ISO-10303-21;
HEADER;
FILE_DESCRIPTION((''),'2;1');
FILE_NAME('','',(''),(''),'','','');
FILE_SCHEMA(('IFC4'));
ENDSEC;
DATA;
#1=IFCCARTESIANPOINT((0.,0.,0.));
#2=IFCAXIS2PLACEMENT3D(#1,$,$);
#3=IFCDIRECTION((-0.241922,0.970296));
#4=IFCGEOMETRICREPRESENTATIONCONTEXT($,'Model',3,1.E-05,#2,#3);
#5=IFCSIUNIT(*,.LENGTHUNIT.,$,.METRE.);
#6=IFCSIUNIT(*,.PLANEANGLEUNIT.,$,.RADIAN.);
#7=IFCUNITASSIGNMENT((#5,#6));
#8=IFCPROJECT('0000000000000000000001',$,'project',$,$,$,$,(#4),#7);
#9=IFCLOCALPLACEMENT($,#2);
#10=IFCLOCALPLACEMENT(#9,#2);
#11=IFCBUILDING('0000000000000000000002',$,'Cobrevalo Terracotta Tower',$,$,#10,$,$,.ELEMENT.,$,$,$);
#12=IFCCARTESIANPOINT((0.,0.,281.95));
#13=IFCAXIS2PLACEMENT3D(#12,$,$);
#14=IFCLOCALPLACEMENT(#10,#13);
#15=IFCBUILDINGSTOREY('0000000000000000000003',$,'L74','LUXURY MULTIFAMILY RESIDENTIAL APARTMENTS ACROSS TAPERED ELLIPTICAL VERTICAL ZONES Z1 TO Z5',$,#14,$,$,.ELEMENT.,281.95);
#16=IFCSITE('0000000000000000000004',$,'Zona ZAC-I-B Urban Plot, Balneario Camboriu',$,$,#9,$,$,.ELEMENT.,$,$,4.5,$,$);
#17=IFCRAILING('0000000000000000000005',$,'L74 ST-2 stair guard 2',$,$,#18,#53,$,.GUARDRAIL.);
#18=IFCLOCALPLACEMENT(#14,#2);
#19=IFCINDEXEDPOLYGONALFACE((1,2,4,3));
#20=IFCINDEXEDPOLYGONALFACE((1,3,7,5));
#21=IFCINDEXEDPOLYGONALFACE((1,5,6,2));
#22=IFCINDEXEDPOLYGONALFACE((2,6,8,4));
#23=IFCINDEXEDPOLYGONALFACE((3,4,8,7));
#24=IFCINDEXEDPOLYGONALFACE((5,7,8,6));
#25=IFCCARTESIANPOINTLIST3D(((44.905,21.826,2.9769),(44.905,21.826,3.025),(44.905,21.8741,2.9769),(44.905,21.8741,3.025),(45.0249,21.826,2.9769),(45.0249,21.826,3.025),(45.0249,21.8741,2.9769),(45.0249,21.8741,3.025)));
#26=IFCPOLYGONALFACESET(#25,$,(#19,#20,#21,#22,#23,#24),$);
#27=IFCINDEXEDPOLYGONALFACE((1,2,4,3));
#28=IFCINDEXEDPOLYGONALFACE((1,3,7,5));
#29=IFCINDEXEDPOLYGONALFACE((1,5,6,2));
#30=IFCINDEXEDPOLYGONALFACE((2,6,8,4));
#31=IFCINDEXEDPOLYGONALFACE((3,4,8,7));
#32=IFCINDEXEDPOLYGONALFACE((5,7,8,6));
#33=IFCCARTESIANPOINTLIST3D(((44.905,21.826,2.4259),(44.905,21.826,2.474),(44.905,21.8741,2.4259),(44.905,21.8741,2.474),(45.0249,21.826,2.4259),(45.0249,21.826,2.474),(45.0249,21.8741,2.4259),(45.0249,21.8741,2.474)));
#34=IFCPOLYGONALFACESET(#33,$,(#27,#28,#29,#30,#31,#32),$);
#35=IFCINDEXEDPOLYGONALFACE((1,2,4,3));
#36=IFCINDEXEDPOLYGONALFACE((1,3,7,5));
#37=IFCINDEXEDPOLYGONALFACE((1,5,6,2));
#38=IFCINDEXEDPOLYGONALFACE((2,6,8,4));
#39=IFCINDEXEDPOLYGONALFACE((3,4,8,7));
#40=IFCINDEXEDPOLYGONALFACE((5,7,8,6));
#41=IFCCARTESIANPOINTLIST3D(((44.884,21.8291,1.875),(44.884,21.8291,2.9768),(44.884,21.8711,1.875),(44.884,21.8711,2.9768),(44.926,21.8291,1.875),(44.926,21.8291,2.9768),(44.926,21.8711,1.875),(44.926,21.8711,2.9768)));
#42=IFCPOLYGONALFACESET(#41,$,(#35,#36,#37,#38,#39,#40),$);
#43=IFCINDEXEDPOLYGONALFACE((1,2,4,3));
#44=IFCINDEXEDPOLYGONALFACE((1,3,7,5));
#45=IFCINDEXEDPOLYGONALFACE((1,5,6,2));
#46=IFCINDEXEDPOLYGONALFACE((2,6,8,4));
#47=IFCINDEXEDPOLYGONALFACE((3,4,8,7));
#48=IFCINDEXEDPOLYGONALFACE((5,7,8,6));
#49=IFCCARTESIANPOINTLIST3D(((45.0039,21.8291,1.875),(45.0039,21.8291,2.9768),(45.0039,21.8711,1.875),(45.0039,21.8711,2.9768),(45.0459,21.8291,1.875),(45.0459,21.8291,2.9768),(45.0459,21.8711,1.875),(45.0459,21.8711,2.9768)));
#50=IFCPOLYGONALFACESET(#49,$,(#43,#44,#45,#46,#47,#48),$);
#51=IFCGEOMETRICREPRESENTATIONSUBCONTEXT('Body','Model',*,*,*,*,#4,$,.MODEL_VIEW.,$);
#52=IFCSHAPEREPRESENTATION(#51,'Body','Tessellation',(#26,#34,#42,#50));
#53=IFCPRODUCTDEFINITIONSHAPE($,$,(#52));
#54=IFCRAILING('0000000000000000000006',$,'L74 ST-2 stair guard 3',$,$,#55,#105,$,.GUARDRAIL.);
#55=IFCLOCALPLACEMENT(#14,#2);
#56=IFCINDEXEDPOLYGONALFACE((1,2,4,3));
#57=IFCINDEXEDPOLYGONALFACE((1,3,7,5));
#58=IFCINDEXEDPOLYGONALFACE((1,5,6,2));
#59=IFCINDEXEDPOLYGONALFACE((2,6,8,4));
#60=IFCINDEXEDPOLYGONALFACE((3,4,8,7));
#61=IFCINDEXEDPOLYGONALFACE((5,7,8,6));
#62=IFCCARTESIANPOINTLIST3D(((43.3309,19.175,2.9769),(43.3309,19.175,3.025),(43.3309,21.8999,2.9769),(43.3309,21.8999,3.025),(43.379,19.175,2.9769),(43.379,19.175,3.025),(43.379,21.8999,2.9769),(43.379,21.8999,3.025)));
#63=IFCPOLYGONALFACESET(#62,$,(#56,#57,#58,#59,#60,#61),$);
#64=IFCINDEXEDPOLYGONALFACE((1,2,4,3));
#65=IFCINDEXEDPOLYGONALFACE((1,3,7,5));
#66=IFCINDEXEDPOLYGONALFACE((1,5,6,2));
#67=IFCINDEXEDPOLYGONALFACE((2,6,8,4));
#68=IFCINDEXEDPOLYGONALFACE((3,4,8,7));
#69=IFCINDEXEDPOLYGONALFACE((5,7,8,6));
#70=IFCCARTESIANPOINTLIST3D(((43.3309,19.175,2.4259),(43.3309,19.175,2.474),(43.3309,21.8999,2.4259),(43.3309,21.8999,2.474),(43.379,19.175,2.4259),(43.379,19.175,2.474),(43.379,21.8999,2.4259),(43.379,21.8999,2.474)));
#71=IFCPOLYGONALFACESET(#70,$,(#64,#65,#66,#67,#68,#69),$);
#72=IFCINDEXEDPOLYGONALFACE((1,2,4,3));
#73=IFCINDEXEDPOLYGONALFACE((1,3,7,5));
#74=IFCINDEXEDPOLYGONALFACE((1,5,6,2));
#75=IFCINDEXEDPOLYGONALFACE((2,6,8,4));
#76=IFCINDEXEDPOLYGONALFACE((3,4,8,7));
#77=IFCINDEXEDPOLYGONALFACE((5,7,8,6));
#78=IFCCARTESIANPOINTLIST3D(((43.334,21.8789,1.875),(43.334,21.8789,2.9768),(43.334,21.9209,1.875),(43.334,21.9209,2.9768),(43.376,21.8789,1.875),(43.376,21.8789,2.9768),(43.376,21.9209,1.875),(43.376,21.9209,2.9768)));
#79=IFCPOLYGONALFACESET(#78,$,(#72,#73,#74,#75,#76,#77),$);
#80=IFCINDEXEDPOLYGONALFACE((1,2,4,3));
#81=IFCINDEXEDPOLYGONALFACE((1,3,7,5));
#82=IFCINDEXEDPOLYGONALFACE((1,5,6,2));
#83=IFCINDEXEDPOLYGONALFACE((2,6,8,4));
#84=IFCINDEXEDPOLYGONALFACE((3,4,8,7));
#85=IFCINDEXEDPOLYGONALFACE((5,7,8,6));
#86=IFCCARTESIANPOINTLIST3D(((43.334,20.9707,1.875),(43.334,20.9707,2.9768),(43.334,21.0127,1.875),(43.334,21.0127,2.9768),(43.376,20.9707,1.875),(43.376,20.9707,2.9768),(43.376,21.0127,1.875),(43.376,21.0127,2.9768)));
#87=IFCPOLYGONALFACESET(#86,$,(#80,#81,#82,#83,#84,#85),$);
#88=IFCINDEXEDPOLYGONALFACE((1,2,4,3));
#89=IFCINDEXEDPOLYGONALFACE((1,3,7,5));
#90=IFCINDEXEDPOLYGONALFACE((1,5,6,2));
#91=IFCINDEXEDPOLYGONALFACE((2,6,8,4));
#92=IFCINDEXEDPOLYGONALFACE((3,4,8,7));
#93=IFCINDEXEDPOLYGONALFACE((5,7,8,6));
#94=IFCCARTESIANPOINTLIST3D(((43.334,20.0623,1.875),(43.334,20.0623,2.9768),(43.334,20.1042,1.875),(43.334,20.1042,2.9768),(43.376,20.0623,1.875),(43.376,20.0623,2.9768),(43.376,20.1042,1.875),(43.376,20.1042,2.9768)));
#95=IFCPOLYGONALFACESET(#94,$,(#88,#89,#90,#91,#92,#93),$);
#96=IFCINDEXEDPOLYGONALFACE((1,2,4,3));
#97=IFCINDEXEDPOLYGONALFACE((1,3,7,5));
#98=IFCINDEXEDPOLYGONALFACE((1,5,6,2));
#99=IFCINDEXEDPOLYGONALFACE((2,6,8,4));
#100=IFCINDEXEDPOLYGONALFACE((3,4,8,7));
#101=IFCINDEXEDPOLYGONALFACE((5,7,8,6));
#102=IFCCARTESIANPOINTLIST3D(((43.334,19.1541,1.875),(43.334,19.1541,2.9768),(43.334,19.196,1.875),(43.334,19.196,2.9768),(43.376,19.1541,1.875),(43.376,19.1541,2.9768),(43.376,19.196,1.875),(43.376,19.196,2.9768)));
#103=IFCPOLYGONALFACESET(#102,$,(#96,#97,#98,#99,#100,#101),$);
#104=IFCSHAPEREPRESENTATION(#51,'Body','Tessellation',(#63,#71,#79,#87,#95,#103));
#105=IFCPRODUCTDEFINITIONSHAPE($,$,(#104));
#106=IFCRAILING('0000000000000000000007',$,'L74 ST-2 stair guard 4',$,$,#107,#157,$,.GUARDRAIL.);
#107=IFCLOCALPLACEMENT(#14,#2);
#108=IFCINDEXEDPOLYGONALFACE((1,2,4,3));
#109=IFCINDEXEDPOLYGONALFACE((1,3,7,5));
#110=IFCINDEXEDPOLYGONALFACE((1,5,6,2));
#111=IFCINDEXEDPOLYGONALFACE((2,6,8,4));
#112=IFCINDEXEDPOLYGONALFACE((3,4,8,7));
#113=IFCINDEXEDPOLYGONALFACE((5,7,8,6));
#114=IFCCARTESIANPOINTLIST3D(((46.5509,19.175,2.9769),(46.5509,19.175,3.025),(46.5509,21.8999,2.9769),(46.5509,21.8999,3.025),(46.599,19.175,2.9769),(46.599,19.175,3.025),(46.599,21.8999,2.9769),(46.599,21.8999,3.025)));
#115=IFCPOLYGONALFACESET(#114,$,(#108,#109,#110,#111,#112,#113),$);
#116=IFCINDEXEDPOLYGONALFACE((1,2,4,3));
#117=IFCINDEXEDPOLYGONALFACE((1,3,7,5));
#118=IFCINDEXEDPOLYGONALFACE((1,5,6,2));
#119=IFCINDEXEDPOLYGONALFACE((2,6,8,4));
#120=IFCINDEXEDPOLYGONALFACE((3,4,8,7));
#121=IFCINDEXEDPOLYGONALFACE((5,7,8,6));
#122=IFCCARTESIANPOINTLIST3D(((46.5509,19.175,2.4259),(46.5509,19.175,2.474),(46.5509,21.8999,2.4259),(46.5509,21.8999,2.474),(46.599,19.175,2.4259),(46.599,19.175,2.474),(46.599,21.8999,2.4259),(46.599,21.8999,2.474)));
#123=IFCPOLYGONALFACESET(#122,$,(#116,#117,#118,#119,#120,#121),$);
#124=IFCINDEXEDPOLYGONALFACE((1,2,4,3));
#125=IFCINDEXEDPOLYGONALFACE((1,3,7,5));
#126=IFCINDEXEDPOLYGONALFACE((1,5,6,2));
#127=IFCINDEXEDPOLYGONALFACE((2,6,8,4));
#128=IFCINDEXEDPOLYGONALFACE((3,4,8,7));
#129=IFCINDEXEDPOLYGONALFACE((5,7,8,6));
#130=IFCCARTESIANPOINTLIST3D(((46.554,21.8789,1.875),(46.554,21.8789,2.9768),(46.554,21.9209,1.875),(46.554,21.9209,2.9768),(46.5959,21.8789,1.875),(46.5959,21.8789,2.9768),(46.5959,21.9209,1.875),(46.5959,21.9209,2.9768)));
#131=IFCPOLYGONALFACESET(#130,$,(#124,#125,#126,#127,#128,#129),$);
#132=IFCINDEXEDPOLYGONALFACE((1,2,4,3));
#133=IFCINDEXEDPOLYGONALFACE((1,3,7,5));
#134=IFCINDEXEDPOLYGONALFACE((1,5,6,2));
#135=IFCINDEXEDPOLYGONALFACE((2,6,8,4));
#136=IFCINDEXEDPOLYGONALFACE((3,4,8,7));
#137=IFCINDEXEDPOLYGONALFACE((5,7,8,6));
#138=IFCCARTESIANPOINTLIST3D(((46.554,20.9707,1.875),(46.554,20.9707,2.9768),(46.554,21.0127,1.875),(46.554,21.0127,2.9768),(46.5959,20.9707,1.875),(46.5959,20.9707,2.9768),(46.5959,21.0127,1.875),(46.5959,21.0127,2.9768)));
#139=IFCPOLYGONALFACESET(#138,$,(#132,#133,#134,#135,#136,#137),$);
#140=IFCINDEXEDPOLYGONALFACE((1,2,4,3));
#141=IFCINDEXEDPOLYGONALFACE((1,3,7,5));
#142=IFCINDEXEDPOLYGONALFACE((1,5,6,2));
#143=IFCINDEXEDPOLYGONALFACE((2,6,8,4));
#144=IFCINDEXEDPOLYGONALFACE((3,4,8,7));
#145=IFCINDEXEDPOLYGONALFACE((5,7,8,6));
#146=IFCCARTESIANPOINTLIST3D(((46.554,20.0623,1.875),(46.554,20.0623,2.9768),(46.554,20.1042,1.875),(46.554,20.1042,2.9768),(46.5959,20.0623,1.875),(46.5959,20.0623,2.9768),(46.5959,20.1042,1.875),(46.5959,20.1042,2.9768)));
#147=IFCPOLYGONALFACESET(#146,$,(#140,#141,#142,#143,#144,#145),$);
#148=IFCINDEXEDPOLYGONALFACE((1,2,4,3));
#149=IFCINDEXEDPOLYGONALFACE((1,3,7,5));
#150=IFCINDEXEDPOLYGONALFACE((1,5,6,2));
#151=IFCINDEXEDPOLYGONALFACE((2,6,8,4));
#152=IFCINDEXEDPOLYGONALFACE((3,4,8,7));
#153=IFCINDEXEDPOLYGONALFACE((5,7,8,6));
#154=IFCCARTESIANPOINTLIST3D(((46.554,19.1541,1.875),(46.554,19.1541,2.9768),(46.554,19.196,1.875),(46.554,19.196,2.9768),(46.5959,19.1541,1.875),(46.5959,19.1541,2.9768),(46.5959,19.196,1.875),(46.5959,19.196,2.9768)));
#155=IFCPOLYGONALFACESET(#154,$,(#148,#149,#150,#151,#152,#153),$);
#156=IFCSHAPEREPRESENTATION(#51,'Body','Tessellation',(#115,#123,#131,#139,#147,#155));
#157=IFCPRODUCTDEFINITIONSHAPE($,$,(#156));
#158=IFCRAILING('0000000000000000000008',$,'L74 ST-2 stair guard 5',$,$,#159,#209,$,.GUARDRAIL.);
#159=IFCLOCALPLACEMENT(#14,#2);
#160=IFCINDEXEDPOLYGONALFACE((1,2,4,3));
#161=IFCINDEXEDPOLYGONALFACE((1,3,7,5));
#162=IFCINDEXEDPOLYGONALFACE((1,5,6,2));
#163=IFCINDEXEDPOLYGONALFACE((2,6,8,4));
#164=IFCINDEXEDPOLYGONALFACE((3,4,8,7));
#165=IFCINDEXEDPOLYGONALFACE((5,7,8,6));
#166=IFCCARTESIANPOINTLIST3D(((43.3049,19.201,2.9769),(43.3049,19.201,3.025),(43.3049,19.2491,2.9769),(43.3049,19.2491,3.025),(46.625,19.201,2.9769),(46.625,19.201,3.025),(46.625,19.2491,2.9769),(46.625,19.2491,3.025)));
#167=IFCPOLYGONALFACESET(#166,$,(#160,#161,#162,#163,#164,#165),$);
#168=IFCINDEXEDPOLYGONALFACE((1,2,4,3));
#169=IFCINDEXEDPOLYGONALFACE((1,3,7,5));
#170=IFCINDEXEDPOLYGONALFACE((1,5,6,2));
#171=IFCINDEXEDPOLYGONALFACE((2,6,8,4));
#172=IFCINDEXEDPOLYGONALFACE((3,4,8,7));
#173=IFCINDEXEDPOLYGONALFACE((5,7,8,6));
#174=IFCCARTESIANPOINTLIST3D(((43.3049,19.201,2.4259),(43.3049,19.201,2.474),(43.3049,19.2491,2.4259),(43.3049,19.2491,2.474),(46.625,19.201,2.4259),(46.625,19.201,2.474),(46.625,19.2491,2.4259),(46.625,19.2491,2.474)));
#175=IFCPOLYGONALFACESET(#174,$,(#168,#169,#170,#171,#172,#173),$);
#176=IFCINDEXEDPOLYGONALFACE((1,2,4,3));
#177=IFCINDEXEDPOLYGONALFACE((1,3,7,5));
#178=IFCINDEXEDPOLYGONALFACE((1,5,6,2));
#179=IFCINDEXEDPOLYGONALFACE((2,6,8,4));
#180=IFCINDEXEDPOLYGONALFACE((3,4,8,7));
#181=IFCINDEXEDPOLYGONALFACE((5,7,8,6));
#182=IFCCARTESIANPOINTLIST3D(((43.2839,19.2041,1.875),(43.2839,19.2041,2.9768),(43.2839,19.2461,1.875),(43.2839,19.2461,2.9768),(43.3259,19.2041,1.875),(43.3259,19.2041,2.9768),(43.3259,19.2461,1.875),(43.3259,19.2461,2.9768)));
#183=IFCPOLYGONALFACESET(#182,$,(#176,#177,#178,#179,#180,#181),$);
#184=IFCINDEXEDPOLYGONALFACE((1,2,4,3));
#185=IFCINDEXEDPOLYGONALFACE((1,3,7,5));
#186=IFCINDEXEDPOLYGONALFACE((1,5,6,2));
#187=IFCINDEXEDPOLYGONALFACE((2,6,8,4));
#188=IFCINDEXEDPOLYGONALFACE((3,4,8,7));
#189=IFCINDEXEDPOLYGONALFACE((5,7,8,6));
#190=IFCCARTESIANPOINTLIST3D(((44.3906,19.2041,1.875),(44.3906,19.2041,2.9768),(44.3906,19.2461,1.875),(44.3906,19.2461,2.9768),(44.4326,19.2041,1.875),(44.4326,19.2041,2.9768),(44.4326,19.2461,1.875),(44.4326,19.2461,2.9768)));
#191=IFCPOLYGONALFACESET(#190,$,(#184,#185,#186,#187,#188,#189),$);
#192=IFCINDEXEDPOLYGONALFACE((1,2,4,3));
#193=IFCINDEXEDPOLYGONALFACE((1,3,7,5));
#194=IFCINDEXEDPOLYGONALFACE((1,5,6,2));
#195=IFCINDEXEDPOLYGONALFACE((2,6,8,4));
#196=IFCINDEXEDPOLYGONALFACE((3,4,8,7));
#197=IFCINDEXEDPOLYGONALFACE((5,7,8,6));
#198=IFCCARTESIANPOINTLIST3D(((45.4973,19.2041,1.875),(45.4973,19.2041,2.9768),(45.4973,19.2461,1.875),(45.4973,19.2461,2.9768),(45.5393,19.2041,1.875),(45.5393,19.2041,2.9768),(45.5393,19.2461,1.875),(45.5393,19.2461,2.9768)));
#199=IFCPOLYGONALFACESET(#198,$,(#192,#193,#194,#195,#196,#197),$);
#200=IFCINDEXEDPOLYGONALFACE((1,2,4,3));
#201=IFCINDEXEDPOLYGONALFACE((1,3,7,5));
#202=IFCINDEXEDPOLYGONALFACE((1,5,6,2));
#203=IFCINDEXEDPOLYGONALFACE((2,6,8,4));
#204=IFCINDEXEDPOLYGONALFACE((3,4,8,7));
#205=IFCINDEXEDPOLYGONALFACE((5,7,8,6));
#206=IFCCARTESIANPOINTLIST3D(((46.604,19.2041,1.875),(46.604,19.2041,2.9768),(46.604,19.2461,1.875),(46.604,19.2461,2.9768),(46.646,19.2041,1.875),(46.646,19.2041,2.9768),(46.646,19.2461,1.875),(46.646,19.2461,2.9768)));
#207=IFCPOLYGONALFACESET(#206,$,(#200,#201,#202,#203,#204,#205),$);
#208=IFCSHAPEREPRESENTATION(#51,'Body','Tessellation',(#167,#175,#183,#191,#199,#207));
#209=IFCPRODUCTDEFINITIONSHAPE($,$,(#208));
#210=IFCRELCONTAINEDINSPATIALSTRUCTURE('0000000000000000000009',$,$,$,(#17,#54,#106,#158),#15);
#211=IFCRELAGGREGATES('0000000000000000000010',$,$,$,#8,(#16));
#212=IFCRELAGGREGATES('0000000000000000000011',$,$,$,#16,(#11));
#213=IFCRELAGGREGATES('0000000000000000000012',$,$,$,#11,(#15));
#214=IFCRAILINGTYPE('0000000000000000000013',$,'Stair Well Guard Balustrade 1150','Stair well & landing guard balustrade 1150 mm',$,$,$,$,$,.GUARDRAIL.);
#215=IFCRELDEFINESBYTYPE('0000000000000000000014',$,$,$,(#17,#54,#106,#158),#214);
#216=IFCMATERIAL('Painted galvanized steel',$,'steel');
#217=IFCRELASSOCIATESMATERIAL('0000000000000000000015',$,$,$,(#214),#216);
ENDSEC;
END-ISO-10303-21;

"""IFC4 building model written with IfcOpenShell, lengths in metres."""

from ifc_helpers import new_model, si_unit, direction, frame, origin, origin_2d, place, context, subcontext, project, spatial, rectangle, extrude, material, type_object, element, save


model = new_model("IFC4")

# Units and contexts
model_context = context("Model", 3, precision=1e-05, world=origin(), true_north=direction((-0.241922, 0.970296)))
body_context = subcontext(model_context, "Body", "Model", "MODEL_VIEW")
ifc_project = project(units=[si_unit("LENGTHUNIT", "METRE"), si_unit("PLANEANGLEUNIT", "RADIAN")], contexts=[model_context])

# Site, building, storey
site_placement = place(None, origin())
site = spatial("IfcSite", under=ifc_project, at=site_placement, Name="Zona ZAC-I-B Urban Plot, Balneario Camboriu", CompositionType="ELEMENT", RefElevation=4.5)
building_placement = place(site_placement, origin())
building = spatial("IfcBuilding", under=site, at=building_placement, Name="Cobrevalo Terracotta Tower", CompositionType="ELEMENT")
storey_placement = place(building_placement, frame((0.0, 0.0, 281.95)))
storey = spatial("IfcBuildingStorey", under=building, at=storey_placement, Name="L74", Description="LUXURY MULTIFAMILY RESIDENTIAL APARTMENTS ACROSS TAPERED ELLIPTICAL VERTICAL ZONES Z1 TO Z5", CompositionType="ELEMENT", Elevation=281.95)

# Railings
ifc_material_1 = material(Name="Painted galvanized steel", Category="steel")
railing_type_1 = type_object("IfcRailingType", Name="Stair Well Guard Balustrade 1150", Description="Stair well & landing guard balustrade 1150 mm", PredefinedType="GUARDRAIL", material=ifc_material_1)
railing_1_placement = place(storey_placement, frame((44.905, 21.8501, 1.875)))
element("IfcRailing", 1, at=railing_1_placement, inside=storey, type_object=railing_type_1, Name="L74 ST-2 stair guard 2", PredefinedType="GUARDRAIL", context=body_context, shape_type="SweptSolid", body=[
    extrude(rectangle(XDim=0.0481, YDim=0.0481, at=origin_2d()), frame((0.0, 0.0, 1.126), z_axis=(1.0, 0.0, 0.0), x_axis=(0.0, 1.0, 0.0)), (0.0, 0.0, 1.0), 0.1199),
    extrude(rectangle(XDim=0.0481, YDim=0.0481, at=origin_2d()), frame((0.0, 0.0, 0.575), z_axis=(1.0, 0.0, 0.0), x_axis=(0.0, 1.0, 0.0)), (0.0, 0.0, 1.0), 0.1199),
    extrude(rectangle(XDim=0.042, YDim=0.042, at=origin_2d()), origin(), (0.0, 0.0, 1.0), 1.1018),
    extrude(rectangle(XDim=0.042, YDim=0.042, at=origin_2d()), frame((0.1199, 0.0, 0.0)), (0.0, 0.0, 1.0), 1.1018),
])
for number, where, name in (
    (2, (43.355, 21.8999, 1.875), "L74 ST-2 stair guard 3"),
    (3, (46.575, 21.8999, 1.875), "L74 ST-2 stair guard 4"),
):
    element("IfcRailing", number, at=place(storey_placement, frame(where)), inside=storey, type_object=railing_type_1, Name=name, PredefinedType="GUARDRAIL", context=body_context, shape_type="SweptSolid", body=[
        extrude(rectangle(XDim=0.0481, YDim=0.0481, at=origin_2d()), frame((0.0, 0.0, 1.126), z_axis=(0.0, -1.0, 0.0), x_axis=(1.0, 0.0, 0.0)), (0.0, 0.0, 1.0), 2.7249),
        extrude(rectangle(XDim=0.0481, YDim=0.0481, at=origin_2d()), frame((0.0, 0.0, 0.575), z_axis=(0.0, -1.0, 0.0), x_axis=(1.0, 0.0, 0.0)), (0.0, 0.0, 1.0), 2.7249),
        extrude(rectangle(XDim=0.042, YDim=0.042, at=origin_2d()), origin(), (0.0, 0.0, 1.0), 1.1018),
        extrude(rectangle(XDim=0.042, YDim=0.042, at=origin_2d()), frame((0.0, -0.9082, 0.0)), (0.0, 0.0, 1.0), 1.1018),
        extrude(rectangle(XDim=0.042, YDim=0.042, at=origin_2d()), frame((0.0, -1.8167, 0.0)), (0.0, 0.0, 1.0), 1.1018),
        extrude(rectangle(XDim=0.042, YDim=0.042, at=origin_2d()), frame((0.0, -2.7249, 0.0)), (0.0, 0.0, 1.0), 1.1018),
    ])
railing_2_placement = place(storey_placement, frame((43.3049, 19.2251, 1.875)))
element("IfcRailing", 4, at=railing_2_placement, inside=storey, type_object=railing_type_1, Name="L74 ST-2 stair guard 5", PredefinedType="GUARDRAIL", context=body_context, shape_type="SweptSolid", body=[
    extrude(rectangle(XDim=0.0481, YDim=0.0481, at=origin_2d()), frame((0.0, 0.0, 1.126), z_axis=(1.0, 0.0, 0.0), x_axis=(0.0, 1.0, 0.0)), (0.0, 0.0, 1.0), 3.3201),
    extrude(rectangle(XDim=0.0481, YDim=0.0481, at=origin_2d()), frame((0.0, 0.0, 0.575), z_axis=(1.0, 0.0, 0.0), x_axis=(0.0, 1.0, 0.0)), (0.0, 0.0, 1.0), 3.3201),
    extrude(rectangle(XDim=0.042, YDim=0.042, at=origin_2d()), origin(), (0.0, 0.0, 1.0), 1.1018),
    extrude(rectangle(XDim=0.042, YDim=0.042, at=origin_2d()), frame((1.1067, 0.0, 0.0)), (0.0, 0.0, 1.0), 1.1018),
    extrude(rectangle(XDim=0.042, YDim=0.042, at=origin_2d()), frame((2.2134, 0.0, 0.0)), (0.0, 0.0, 1.0), 1.1018),
    extrude(rectangle(XDim=0.042, YDim=0.042, at=origin_2d()), frame((3.3201, 0.0, 0.0)), (0.0, 0.0, 1.0), 1.1018),
])

save(model, "model.ifc")
